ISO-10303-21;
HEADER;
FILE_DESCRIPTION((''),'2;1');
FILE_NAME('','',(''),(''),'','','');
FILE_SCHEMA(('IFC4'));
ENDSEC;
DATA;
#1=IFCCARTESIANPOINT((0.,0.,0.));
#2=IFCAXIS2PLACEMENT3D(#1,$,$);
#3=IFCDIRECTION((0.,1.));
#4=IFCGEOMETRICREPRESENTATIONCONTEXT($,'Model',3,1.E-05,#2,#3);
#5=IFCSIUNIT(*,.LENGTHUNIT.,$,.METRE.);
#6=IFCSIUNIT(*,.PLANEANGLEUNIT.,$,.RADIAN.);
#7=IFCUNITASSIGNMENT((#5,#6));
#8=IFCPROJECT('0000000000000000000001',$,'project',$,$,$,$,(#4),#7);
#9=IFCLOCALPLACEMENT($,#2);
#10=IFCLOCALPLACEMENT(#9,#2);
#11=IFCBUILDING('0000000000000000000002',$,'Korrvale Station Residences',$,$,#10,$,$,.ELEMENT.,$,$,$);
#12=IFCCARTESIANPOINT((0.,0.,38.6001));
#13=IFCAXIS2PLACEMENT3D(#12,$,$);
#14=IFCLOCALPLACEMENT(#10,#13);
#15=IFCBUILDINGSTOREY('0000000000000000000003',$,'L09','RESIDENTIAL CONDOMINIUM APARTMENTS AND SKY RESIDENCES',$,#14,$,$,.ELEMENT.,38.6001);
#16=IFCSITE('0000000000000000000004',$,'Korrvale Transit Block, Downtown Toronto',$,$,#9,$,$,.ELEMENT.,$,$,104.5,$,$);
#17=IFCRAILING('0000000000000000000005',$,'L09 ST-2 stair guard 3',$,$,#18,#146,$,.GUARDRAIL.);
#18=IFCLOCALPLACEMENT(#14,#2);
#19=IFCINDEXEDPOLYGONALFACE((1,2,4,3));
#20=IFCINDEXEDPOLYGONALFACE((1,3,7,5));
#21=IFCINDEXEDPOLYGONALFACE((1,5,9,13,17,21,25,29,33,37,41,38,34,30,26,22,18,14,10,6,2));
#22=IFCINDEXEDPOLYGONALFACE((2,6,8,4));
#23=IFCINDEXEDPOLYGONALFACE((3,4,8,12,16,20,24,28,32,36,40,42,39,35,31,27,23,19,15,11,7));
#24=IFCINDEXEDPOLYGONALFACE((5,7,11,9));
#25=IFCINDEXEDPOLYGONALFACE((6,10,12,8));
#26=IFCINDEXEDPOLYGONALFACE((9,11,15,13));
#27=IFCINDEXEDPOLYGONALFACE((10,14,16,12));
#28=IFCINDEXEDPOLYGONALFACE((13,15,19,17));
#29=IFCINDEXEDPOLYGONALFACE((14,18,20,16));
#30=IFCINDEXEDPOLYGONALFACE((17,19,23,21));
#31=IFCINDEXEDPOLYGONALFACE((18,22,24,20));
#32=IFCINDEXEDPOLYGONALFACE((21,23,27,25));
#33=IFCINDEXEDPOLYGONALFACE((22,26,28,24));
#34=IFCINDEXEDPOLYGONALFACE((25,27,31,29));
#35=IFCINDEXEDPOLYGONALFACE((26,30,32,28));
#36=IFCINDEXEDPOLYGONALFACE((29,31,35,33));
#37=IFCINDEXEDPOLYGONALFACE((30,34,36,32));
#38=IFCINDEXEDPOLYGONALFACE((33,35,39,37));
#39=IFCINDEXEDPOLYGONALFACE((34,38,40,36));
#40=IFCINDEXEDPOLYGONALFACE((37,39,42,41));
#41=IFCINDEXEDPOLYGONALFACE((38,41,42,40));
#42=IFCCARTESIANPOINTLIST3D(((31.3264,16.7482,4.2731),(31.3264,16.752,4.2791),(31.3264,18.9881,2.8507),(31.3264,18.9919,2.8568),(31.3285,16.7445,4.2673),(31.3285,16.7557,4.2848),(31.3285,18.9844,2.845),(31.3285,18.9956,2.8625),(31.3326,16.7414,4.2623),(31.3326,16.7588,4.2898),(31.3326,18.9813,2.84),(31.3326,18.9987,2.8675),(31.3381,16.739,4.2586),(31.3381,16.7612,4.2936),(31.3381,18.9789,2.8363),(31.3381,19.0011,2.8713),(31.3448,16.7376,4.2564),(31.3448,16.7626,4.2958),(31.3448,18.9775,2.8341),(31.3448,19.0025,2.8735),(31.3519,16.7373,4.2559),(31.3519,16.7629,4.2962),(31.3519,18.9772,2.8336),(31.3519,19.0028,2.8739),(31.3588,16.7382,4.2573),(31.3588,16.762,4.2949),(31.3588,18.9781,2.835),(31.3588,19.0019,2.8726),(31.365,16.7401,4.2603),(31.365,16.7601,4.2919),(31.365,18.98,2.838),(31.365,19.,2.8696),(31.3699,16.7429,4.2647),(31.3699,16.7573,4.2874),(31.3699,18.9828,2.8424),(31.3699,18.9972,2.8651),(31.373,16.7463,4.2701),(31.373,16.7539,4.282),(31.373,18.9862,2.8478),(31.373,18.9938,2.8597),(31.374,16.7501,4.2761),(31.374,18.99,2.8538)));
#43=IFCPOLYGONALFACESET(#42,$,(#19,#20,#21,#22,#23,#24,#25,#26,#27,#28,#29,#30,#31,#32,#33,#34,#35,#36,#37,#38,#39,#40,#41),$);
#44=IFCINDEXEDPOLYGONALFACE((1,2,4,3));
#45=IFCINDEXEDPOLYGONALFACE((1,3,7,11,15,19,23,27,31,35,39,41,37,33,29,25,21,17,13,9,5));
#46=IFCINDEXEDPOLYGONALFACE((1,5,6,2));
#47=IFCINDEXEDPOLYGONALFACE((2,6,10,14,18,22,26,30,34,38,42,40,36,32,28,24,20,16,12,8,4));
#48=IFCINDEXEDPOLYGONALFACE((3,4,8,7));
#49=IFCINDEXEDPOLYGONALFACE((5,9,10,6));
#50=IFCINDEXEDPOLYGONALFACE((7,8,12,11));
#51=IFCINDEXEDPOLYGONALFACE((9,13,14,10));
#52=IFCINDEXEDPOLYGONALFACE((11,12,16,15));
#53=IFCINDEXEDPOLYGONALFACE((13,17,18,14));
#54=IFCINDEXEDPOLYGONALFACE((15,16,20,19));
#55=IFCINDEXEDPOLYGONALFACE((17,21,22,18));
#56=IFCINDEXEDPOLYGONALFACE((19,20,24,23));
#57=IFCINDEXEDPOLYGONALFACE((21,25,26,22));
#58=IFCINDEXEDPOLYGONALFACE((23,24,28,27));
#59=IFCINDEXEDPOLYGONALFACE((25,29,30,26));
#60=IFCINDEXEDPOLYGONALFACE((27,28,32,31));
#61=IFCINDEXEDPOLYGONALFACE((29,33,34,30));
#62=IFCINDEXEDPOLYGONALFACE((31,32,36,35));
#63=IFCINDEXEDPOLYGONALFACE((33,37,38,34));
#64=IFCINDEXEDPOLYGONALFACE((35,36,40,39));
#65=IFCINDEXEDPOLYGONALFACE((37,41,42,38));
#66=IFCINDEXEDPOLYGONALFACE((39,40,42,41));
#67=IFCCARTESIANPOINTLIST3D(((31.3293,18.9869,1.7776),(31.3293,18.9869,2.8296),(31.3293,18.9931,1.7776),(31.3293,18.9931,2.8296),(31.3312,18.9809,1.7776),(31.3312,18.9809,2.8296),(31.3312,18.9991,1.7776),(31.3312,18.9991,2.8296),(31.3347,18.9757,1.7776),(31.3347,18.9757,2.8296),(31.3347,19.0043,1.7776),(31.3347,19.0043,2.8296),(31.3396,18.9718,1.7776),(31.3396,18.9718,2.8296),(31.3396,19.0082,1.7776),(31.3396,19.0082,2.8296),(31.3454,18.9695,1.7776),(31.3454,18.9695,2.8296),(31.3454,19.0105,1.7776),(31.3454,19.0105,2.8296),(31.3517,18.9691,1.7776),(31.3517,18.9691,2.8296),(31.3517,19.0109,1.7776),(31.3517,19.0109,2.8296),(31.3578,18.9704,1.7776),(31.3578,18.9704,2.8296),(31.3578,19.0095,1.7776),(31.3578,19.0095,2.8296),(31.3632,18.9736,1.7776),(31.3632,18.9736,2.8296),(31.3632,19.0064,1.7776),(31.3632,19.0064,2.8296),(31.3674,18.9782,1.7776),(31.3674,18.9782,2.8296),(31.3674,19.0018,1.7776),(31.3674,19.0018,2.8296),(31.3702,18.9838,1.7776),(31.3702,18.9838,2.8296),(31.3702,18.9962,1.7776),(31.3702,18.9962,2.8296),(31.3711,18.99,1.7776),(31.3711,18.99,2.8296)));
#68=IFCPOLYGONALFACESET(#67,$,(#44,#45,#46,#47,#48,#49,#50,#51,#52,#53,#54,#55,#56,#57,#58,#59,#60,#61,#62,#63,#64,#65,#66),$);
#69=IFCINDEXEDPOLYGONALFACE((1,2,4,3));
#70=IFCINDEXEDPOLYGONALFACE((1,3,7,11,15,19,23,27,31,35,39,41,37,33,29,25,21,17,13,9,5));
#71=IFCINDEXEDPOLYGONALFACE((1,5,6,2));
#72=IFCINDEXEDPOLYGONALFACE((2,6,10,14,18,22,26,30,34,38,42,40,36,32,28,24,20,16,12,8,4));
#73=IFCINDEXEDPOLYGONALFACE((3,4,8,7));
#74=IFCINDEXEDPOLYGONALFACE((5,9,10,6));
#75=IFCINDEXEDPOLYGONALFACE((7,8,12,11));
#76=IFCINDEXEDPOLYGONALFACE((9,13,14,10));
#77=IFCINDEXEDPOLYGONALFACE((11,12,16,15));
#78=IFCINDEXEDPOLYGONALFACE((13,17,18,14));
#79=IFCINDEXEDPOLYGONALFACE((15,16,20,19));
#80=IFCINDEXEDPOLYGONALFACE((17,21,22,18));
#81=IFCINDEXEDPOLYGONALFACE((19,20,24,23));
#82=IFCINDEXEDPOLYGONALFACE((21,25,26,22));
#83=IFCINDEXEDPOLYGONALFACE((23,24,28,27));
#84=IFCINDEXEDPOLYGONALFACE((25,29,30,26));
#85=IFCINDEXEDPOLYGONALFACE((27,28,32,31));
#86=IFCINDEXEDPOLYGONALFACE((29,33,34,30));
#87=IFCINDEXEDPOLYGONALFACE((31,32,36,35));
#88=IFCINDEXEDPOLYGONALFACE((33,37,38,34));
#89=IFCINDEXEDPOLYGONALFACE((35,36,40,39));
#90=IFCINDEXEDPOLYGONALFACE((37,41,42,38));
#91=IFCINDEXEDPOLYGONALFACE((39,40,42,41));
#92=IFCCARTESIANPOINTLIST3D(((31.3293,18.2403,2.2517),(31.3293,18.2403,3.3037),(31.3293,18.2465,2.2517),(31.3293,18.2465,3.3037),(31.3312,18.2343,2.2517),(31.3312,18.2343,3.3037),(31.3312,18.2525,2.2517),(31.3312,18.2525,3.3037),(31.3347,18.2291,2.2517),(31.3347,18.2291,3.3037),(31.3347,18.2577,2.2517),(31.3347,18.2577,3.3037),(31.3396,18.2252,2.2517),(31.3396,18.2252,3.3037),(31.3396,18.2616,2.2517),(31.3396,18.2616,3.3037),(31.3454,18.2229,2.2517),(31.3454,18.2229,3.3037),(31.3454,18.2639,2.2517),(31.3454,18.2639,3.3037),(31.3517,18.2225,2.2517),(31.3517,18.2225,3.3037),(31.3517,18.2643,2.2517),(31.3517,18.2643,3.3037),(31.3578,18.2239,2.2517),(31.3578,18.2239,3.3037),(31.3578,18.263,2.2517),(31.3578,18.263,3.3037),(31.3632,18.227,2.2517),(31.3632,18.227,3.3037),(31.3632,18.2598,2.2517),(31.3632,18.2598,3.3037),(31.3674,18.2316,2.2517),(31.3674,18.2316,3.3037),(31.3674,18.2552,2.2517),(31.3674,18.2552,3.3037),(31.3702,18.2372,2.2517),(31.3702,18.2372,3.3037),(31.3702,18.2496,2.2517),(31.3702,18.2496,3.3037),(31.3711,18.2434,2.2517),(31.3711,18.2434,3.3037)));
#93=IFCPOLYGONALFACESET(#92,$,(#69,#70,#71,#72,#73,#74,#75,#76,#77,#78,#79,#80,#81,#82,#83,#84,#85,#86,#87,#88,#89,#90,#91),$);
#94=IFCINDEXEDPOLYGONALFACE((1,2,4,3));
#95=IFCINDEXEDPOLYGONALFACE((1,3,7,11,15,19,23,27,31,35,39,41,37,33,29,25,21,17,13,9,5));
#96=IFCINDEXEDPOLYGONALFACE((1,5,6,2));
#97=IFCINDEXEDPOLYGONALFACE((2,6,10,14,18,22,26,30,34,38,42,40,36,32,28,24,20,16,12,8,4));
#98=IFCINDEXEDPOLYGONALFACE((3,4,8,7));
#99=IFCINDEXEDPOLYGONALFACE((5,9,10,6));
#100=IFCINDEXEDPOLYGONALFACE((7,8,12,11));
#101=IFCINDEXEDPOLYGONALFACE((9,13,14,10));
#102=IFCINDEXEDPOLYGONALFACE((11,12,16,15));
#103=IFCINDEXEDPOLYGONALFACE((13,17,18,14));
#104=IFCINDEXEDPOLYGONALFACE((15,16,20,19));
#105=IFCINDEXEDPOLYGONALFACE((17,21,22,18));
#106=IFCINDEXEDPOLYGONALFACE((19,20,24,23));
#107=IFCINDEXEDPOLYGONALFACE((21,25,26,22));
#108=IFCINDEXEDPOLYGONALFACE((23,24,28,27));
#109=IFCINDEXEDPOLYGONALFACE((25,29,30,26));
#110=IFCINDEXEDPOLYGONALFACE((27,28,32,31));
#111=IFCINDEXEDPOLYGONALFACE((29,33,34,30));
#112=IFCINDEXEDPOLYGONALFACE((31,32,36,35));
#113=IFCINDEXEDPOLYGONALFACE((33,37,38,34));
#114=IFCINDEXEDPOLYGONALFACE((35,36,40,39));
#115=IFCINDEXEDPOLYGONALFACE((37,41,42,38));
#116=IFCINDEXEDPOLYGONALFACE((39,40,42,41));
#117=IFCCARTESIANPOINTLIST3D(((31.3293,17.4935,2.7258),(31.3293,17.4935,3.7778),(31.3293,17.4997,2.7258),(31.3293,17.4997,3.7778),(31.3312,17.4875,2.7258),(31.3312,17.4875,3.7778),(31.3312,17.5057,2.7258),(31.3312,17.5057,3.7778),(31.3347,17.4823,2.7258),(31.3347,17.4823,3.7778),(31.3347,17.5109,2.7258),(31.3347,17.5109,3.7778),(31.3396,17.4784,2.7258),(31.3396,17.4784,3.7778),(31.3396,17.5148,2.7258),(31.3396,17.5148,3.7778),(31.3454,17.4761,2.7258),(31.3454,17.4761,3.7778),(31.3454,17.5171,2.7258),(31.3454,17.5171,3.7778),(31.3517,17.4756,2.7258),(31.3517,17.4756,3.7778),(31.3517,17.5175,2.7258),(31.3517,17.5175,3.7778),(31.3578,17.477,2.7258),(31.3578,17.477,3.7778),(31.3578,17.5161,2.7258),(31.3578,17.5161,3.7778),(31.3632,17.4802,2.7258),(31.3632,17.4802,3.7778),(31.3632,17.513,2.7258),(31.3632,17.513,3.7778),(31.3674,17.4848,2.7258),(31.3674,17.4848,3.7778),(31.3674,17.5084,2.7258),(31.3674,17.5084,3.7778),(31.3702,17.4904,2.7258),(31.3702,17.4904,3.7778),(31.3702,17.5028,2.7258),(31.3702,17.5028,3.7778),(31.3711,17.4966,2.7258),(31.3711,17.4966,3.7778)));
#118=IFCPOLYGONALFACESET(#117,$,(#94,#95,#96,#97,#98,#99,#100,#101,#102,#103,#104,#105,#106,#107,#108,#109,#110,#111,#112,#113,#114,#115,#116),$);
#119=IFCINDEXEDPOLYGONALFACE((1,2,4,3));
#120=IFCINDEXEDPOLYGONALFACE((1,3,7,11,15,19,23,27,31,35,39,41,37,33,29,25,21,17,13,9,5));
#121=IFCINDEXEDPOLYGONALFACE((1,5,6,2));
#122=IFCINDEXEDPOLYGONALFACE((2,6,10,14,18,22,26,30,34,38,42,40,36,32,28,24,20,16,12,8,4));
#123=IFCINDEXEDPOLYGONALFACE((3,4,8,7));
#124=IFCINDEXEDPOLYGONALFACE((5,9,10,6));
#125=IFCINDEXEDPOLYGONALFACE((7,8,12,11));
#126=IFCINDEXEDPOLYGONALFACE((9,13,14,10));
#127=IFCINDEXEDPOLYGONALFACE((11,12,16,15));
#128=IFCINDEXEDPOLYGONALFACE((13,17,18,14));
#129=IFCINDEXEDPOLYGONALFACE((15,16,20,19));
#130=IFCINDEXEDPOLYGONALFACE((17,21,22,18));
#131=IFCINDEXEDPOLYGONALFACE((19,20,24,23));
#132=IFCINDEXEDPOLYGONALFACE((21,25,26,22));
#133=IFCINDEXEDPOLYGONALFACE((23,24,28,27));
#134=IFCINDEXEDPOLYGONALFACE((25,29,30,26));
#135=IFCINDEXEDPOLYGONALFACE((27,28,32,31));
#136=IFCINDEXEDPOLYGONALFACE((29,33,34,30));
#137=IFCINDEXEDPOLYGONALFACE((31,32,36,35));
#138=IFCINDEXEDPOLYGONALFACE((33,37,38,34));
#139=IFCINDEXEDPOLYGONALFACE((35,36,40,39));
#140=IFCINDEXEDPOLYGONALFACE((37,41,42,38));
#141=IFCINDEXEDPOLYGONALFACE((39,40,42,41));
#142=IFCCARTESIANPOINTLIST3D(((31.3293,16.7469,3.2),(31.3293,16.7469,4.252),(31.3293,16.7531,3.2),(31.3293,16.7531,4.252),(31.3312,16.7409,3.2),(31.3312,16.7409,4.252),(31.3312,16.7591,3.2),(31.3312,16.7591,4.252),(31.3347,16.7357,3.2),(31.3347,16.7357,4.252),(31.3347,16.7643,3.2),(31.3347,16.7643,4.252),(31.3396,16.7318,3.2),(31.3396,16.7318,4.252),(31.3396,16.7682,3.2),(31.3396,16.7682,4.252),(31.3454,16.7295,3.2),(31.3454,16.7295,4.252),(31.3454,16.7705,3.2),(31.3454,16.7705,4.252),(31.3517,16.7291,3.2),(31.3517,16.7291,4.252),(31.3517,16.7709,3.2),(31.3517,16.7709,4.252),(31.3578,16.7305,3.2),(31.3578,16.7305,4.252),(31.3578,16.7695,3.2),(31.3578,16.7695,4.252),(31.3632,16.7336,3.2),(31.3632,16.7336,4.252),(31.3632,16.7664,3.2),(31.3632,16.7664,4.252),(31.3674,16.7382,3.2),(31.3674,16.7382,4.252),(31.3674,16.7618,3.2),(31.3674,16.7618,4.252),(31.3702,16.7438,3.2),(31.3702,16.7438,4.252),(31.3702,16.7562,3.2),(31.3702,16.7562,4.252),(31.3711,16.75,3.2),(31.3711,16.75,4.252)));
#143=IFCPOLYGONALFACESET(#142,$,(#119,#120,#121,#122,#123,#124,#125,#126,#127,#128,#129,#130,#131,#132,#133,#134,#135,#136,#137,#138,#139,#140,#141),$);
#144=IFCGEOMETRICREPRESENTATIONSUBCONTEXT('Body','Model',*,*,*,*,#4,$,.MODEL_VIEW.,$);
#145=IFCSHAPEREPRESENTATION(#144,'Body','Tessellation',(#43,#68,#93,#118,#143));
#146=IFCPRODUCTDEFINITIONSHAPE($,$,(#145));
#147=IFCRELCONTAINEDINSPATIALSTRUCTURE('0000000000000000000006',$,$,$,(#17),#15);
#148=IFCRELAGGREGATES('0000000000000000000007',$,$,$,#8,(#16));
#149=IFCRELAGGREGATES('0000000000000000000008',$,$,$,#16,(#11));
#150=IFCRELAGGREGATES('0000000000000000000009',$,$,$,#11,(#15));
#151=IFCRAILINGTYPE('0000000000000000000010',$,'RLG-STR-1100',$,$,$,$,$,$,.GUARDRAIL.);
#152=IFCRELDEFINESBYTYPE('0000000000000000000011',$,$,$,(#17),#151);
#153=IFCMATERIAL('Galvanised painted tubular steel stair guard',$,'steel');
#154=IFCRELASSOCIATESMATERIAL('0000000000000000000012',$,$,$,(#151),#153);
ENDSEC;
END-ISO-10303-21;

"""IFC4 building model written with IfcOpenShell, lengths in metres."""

from ifc_helpers import new_model, si_unit, direction, frame, origin, origin_2d, place, context, subcontext, project, spatial, circle, extrude, material, type_object, element, save


model = new_model("IFC4")

# Units and contexts
model_context = context("Model", 3, precision=1e-05, world=origin(), true_north=direction((0.0, 1.0)))
body_context = subcontext(model_context, "Body", "Model", "MODEL_VIEW")
ifc_project = project(units=[si_unit("LENGTHUNIT", "METRE"), si_unit("PLANEANGLEUNIT", "RADIAN")], contexts=[model_context])

# Site, building, storey
site_placement = place(None, origin())
site = spatial("IfcSite", under=ifc_project, at=site_placement, Name="Korrvale Transit Block, Downtown Toronto", CompositionType="ELEMENT", RefElevation=104.5)
building_placement = place(site_placement, origin())
building = spatial("IfcBuilding", under=site, at=building_placement, Name="Korrvale Station Residences", CompositionType="ELEMENT")
storey_placement = place(building_placement, frame((0.0, 0.0, 38.6001)))
storey = spatial("IfcBuildingStorey", under=building, at=storey_placement, Name="L09", Description="RESIDENTIAL CONDOMINIUM APARTMENTS AND SKY RESIDENCES", CompositionType="ELEMENT", Elevation=38.6001)

# Railing
ifc_material_1 = material(Name="Galvanised painted tubular steel stair guard", Category="steel")
railing_type_1 = type_object("IfcRailingType", Name="RLG-STR-1100", PredefinedType="GUARDRAIL", material=ifc_material_1)
railing_1_placement = place(storey_placement, frame((31.3501, 18.99, 1.7776)))
element("IfcRailing", 1, at=railing_1_placement, inside=storey, type_object=railing_type_1, Name="L09 ST-2 stair guard 3", PredefinedType="GUARDRAIL", context=body_context, shape_type="SweptSolid", body=[
    extrude(circle(Radius=0.0239, at=origin_2d()), frame((0.0, 0.0, 1.0762), z_axis=(0.0, -0.844188, 0.536048), x_axis=(1.0, 0.0, 0.0)), (0.0, 0.0, 1.0), 2.6533),
    extrude(circle(Radius=0.021, at=origin_2d()), origin(), (0.0, 0.0, 1.0), 1.052),
    extrude(circle(Radius=0.021, at=origin_2d()), frame((0.0, -0.7466, 0.4741)), (0.0, 0.0, 1.0), 1.052),
    extrude(circle(Radius=0.021, at=origin_2d()), frame((0.0, -1.4934, 0.9482)), (0.0, 0.0, 1.0), 1.052),
    extrude(circle(Radius=0.021, at=origin_2d()), frame((0.0, -2.24, 1.4224)), (0.0, 0.0, 1.0), 1.052),
])

save(model, "model.ifc")
